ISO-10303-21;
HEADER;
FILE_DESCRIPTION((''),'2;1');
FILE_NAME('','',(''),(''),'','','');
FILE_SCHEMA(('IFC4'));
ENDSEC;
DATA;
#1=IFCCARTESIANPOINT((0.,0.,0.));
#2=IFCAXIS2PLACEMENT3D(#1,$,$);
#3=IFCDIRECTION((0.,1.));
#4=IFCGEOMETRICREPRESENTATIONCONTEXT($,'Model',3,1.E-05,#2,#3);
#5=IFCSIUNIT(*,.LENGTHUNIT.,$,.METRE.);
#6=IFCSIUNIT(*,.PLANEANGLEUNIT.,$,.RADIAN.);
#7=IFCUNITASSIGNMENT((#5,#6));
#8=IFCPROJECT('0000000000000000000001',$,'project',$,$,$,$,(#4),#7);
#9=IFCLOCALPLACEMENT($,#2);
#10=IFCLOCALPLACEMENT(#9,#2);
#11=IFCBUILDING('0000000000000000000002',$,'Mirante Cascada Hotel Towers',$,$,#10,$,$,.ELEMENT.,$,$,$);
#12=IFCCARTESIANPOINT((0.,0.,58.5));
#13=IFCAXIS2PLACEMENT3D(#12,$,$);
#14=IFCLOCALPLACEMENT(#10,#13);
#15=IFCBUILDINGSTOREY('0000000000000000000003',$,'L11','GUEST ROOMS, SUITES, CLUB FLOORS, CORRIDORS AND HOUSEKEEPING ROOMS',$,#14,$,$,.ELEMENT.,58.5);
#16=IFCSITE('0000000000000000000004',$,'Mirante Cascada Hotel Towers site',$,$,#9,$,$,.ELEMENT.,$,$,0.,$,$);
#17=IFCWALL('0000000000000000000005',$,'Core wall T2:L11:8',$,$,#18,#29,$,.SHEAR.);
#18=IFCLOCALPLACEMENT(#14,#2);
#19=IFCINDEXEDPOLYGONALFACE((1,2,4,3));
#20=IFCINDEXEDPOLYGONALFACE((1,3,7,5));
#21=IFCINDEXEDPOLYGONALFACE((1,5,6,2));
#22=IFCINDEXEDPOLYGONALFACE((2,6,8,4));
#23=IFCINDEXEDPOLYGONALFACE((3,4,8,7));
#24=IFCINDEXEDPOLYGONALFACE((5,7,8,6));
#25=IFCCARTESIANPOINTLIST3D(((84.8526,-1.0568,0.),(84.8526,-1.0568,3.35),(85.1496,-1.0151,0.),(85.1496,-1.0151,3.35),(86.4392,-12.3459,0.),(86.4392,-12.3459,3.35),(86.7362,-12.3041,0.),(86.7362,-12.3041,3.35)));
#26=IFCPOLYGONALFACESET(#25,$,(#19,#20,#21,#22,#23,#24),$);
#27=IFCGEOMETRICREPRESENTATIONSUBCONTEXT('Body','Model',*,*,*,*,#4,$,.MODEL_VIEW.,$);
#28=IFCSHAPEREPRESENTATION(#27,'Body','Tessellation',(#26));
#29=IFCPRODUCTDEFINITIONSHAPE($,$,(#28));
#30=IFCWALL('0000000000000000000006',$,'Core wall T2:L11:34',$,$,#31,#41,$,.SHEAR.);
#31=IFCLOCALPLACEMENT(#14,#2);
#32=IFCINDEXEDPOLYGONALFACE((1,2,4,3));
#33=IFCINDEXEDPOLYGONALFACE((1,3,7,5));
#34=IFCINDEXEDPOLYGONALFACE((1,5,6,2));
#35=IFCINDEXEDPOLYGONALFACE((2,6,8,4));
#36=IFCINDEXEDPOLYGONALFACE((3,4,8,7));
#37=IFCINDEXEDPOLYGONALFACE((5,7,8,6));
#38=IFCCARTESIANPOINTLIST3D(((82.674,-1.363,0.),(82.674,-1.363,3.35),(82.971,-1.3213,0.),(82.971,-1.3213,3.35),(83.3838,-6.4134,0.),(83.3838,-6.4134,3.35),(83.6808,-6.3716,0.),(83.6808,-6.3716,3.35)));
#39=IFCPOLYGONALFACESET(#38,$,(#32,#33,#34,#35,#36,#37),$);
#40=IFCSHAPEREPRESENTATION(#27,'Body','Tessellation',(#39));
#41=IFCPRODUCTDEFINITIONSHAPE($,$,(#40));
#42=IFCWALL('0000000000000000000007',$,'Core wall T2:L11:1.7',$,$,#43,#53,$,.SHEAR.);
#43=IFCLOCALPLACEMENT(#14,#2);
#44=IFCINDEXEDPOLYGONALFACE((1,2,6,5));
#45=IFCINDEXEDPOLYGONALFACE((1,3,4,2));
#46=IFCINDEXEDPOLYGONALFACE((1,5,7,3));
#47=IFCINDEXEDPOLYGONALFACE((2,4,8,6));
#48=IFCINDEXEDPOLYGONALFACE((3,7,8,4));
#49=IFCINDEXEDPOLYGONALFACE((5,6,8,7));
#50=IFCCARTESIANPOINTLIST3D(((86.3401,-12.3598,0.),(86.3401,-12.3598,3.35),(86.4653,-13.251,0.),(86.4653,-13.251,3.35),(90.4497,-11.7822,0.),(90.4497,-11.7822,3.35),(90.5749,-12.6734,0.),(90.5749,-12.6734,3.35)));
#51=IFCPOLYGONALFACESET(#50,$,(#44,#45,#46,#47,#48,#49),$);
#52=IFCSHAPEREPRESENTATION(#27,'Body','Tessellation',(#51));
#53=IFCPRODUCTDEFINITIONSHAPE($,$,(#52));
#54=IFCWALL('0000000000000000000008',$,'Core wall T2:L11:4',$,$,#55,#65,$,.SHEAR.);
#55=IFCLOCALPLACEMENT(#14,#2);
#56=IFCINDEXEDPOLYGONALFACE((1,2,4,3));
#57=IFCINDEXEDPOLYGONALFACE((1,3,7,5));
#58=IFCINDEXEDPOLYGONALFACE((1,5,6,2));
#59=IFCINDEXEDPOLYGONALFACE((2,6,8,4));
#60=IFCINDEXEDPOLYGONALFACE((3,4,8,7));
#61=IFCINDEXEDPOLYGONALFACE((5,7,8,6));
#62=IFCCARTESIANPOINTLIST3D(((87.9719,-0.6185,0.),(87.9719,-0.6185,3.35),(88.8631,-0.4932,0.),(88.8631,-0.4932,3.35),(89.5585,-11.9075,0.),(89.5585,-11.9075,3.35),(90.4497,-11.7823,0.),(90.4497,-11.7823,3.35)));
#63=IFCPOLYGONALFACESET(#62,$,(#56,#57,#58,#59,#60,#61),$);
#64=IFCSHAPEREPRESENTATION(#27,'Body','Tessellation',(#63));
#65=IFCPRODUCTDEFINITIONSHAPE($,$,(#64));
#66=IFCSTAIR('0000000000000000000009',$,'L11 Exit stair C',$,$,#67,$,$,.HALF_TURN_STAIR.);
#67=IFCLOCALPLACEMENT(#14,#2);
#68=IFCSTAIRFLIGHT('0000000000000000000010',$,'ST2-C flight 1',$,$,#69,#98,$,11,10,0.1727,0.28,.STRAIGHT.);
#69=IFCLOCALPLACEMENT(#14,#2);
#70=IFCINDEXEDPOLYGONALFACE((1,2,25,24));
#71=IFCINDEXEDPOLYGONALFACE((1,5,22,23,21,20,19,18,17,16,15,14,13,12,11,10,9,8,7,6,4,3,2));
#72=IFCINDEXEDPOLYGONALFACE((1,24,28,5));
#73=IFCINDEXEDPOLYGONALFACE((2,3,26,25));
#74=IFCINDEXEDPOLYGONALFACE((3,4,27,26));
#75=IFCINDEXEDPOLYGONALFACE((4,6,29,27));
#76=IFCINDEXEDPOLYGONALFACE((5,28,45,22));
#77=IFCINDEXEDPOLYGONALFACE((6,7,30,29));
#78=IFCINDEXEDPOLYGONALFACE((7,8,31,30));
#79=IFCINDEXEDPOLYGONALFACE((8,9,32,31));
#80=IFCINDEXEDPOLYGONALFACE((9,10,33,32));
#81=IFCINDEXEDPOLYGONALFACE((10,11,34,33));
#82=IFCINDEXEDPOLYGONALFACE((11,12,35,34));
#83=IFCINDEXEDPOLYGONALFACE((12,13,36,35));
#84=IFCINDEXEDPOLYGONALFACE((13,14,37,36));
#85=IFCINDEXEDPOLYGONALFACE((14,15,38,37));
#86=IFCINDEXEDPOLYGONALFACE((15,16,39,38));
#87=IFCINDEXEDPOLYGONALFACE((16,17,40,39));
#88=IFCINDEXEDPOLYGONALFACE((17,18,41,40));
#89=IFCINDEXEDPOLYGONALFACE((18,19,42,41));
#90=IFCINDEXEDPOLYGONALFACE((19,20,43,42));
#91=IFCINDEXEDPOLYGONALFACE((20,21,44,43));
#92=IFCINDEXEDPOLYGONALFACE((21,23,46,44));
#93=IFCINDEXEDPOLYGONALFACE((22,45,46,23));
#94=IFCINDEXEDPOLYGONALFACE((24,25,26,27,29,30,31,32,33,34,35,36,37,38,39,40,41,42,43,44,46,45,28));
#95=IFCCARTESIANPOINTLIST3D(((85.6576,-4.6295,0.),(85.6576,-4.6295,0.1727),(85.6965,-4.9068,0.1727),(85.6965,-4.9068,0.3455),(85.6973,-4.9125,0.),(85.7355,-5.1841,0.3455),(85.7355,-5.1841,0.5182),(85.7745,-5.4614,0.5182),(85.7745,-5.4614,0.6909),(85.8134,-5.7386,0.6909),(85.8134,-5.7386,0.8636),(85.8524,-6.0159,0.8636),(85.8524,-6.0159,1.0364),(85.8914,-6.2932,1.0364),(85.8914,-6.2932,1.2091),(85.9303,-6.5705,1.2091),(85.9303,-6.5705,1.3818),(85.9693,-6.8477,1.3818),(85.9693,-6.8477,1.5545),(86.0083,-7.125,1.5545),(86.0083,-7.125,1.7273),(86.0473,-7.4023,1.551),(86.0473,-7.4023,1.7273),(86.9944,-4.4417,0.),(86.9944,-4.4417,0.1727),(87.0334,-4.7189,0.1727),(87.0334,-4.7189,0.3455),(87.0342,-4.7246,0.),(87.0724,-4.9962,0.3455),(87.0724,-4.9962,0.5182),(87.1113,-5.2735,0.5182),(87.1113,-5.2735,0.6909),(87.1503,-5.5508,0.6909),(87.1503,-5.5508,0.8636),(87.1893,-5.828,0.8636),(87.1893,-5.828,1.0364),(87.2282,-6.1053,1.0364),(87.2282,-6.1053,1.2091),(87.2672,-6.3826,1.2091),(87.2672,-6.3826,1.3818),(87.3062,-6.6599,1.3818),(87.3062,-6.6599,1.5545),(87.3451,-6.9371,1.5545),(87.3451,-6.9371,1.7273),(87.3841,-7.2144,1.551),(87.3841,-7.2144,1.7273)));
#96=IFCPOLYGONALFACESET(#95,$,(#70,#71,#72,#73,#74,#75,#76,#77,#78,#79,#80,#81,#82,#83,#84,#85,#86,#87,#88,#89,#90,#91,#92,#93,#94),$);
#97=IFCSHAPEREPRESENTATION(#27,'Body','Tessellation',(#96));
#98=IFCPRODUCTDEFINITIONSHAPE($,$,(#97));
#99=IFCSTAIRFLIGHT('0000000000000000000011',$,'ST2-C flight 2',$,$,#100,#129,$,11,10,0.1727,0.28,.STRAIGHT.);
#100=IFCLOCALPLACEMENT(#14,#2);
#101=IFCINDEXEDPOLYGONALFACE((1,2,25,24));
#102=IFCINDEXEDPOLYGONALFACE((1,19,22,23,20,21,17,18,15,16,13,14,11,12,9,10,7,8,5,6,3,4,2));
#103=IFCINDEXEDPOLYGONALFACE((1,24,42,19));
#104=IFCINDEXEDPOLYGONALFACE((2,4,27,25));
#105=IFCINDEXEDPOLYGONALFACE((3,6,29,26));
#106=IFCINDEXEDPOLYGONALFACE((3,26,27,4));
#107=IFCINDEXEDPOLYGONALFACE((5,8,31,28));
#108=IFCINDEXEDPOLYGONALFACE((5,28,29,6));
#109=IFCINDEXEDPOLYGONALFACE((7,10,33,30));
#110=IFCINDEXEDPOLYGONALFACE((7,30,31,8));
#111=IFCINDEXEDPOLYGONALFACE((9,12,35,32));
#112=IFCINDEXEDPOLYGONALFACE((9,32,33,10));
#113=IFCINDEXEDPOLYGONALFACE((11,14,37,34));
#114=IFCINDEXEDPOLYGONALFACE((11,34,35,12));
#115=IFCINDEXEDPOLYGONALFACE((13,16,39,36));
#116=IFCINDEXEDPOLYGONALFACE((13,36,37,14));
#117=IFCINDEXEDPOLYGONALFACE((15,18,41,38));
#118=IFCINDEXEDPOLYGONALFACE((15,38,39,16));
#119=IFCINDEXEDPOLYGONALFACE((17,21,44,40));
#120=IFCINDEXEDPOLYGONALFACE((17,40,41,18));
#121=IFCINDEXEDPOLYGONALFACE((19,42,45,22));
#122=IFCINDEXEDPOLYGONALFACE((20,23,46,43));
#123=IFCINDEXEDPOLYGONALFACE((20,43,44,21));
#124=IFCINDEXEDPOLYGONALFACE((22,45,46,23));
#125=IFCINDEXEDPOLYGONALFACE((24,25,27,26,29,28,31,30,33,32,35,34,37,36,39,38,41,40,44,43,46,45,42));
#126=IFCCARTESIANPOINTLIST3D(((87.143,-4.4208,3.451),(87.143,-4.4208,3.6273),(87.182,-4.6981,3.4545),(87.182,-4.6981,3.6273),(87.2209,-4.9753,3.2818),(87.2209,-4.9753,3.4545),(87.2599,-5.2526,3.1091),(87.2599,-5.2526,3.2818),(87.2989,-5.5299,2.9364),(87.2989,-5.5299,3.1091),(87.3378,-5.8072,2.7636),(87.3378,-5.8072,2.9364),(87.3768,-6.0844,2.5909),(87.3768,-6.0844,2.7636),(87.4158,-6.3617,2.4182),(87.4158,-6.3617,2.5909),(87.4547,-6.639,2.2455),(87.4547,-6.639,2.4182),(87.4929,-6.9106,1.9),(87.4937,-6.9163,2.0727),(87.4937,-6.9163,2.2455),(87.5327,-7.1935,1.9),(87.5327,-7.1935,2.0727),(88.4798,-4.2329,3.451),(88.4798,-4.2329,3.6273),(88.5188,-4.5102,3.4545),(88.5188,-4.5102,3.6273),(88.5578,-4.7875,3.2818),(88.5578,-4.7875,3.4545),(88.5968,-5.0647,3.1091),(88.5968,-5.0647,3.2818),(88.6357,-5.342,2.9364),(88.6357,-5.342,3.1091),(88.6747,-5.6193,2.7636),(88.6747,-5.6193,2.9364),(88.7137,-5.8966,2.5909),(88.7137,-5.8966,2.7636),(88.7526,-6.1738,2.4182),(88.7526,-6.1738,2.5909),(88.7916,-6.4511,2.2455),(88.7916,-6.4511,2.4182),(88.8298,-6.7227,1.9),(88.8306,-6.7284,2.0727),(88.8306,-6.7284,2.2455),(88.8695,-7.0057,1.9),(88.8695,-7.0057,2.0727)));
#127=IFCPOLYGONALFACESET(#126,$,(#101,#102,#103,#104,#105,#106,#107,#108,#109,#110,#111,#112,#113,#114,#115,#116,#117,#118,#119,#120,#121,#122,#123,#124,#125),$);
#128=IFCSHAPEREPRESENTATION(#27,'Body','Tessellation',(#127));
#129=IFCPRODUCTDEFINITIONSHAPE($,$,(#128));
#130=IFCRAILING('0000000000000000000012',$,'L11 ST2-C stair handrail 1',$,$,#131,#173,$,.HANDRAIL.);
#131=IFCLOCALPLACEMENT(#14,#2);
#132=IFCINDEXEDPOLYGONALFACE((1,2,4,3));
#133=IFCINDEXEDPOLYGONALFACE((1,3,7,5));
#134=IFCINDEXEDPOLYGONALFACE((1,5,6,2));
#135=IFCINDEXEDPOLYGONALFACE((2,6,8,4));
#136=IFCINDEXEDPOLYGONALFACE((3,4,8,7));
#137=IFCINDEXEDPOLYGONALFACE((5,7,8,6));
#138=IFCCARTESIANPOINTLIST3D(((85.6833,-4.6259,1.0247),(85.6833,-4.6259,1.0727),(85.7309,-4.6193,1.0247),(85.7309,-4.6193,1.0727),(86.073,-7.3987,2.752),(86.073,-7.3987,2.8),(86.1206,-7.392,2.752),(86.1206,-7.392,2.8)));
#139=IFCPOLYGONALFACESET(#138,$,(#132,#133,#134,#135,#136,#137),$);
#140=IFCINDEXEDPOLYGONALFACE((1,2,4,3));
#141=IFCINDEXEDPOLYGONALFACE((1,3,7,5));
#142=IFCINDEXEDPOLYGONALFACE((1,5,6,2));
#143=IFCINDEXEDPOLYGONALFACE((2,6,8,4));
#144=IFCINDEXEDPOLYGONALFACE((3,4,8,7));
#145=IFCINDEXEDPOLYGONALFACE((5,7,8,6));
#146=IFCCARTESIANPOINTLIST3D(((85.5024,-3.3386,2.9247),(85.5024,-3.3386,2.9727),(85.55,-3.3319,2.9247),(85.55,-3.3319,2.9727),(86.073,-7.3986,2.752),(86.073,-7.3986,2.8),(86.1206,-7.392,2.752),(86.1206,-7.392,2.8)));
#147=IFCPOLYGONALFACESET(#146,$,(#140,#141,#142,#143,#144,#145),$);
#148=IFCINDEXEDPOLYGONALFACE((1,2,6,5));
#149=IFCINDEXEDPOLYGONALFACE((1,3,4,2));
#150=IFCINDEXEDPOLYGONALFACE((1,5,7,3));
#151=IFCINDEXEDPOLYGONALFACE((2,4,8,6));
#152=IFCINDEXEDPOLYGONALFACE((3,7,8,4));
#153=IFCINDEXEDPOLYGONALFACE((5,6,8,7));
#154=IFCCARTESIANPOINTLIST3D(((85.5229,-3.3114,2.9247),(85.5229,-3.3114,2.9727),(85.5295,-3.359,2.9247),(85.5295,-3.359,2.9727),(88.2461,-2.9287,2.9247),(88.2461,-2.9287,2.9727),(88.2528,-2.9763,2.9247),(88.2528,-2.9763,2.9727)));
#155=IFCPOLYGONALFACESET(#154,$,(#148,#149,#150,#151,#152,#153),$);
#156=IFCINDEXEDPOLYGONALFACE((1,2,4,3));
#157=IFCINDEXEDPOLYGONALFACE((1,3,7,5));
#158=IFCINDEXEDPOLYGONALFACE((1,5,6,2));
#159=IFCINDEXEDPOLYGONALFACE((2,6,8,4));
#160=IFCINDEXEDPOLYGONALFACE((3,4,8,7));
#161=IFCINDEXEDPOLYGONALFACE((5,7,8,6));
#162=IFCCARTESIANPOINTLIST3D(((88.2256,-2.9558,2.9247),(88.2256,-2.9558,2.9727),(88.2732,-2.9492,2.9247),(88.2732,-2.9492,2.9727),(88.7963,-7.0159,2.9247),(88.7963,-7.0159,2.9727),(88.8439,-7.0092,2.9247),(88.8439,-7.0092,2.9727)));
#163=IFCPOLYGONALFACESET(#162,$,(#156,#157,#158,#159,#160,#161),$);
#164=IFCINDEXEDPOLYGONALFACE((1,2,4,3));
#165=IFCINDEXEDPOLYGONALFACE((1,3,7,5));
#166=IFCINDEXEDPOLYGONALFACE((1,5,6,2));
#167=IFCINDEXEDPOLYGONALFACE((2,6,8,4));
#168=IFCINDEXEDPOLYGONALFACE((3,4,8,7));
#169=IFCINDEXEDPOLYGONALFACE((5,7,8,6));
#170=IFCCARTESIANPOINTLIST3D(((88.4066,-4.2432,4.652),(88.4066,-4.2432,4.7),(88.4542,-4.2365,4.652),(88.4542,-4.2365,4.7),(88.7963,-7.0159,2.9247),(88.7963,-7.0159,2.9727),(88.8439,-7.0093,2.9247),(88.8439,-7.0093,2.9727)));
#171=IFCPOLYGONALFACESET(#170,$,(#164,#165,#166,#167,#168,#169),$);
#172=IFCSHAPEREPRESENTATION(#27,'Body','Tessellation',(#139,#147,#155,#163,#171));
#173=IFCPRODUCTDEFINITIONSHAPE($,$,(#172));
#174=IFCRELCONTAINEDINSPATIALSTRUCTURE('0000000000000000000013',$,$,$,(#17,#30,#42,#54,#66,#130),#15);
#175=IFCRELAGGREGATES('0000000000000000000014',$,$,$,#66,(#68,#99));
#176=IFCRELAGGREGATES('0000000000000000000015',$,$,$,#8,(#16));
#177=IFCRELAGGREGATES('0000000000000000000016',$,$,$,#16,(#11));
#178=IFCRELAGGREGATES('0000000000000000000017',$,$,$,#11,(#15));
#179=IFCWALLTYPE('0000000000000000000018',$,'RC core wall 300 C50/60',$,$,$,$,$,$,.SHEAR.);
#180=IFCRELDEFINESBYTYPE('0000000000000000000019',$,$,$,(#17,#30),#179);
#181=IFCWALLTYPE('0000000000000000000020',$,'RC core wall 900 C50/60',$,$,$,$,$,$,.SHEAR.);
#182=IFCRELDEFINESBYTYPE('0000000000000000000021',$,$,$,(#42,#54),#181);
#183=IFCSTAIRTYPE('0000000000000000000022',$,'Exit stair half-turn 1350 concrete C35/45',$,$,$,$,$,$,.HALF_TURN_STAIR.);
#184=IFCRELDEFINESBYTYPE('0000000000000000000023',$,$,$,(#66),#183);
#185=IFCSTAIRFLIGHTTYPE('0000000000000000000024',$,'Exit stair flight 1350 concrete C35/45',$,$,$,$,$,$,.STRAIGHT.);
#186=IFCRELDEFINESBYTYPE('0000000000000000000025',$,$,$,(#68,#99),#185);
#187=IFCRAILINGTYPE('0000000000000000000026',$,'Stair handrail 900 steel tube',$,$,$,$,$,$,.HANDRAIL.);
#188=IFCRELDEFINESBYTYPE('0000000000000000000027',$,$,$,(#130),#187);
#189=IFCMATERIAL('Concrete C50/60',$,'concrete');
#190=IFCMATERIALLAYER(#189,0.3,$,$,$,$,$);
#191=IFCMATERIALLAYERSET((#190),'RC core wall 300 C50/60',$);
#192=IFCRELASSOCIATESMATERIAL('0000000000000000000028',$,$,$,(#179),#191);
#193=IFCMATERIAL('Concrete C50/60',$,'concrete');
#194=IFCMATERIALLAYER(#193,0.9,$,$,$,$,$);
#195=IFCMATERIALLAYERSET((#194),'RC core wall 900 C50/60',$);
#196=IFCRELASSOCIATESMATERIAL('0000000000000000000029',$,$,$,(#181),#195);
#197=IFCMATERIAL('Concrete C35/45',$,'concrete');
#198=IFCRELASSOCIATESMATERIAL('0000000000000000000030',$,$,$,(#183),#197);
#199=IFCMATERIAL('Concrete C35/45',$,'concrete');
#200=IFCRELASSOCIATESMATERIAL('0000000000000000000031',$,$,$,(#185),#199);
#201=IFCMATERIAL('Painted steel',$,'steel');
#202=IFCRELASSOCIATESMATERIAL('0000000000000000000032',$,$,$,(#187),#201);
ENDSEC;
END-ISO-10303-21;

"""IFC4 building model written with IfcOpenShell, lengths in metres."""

from ifc_helpers import new_model, si_unit, direction, frame, frame_2d, origin, origin_2d, place, context, subcontext, project, spatial, polyline, rectangle, outline, extrude, material, layer, layer_set, type_object, element, aggregate, save


model = new_model("IFC4")

# Units and contexts
model_context = context("Model", 3, precision=1e-05, world=origin(), true_north=direction((0.0, 1.0)))
body_context = subcontext(model_context, "Body", "Model", "MODEL_VIEW")
ifc_project = project(units=[si_unit("LENGTHUNIT", "METRE"), si_unit("PLANEANGLEUNIT", "RADIAN")], contexts=[model_context])

# Site, building, storey
site_placement = place(None, origin())
site = spatial("IfcSite", under=ifc_project, at=site_placement, Name="Mirante Cascada Hotel Towers site", CompositionType="ELEMENT", RefElevation=0.0)
building_placement = place(site_placement, origin())
building = spatial("IfcBuilding", under=site, at=building_placement, Name="Mirante Cascada Hotel Towers", CompositionType="ELEMENT")
storey_placement = place(building_placement, frame((0.0, 0.0, 58.5)))
storey = spatial("IfcBuildingStorey", under=building, at=storey_placement, Name="L11", Description="GUEST ROOMS, SUITES, CLUB FLOORS, CORRIDORS AND HOUSEKEEPING ROOMS", CompositionType="ELEMENT", Elevation=58.5)

# Walls
ifc_material_1 = material(Name="Concrete C50/60", Category="concrete")
ifc_layer_1 = layer(ifc_material_1, 0.3)
ifc_layer_set_1 = layer_set([ifc_layer_1], Name="RC core wall 300 C50/60")
wall_type_1 = type_object("IfcWallType", Name="RC core wall 300 C50/60", PredefinedType="SHEAR", material=ifc_layer_set_1)
wall_1_placement = place(storey_placement, frame((86.5877, -12.325, 0.0), z_axis=(0.0, 0.0, 1.0), x_axis=(-0.139175, 0.990268, 0.0)))
element("IfcWall", 1, at=wall_1_placement, inside=storey, type_object=wall_type_1, Name="Core wall T2:L11:8", PredefinedType="SHEAR", context=body_context, shape_type="SweptSolid", body=[
    extrude(rectangle(XDim=11.4, YDim=0.3, at=frame_2d((5.7, 0.0))), origin(), (0.0, 0.0, 1.0), 3.35),
])
wall_2_placement = place(storey_placement, frame((83.5323, -6.3925, 0.0), z_axis=(0.0, 0.0, 1.0), x_axis=(-0.139176, 0.990268, 0.0)))
element("IfcWall", 2, at=wall_2_placement, inside=storey, type_object=wall_type_1, Name="Core wall T2:L11:34", PredefinedType="SHEAR", context=body_context, shape_type="SweptSolid", body=[
    extrude(rectangle(XDim=5.1, YDim=0.3, at=frame_2d((2.55, 0.0))), origin(), (0.0, 0.0, 1.0), 3.35),
])
ifc_material_2 = material(Name="Concrete C50/60", Category="concrete")
ifc_layer_2 = layer(ifc_material_2, 0.9)
ifc_layer_set_2 = layer_set([ifc_layer_2], Name="RC core wall 900 C50/60")
wall_type_2 = type_object("IfcWallType", Name="RC core wall 900 C50/60", PredefinedType="SHEAR", material=ifc_layer_set_2)
wall_3_placement = place(storey_placement, frame((86.4027, -12.8054, 0.0), z_axis=(0.0, 0.0, 1.0), x_axis=(0.990267, 0.139181, 0.0)))
element("IfcWall", 3, at=wall_3_placement, inside=storey, type_object=wall_type_2, Name="Core wall T2:L11:1.7", PredefinedType="SHEAR", context=body_context, shape_type="SweptSolid", body=[
    extrude(rectangle(XDim=4.15, YDim=0.9, at=frame_2d((2.075, 0.0))), origin(), (0.0, 0.0, 1.0), 3.35),
])
wall_4_placement = place(storey_placement, frame((90.0041, -11.8449, 0.0), z_axis=(0.0, 0.0, 1.0), x_axis=(-0.139175, 0.990268, 0.0)))
element("IfcWall", 4, at=wall_4_placement, inside=storey, type_object=wall_type_2, Name="Core wall T2:L11:4", PredefinedType="SHEAR", context=body_context, shape_type="SweptSolid", body=[
    extrude(rectangle(XDim=11.4, YDim=0.9, at=frame_2d((5.7, 0.0))), origin(), (0.0, 0.0, 1.0), 3.35),
])

# Stair, stair flights
ifc_material_3 = material(Name="Concrete C35/45", Category="concrete")
stair_type = type_object("IfcStairType", Name="Exit stair half-turn 1350 concrete C35/45", PredefinedType="HALF_TURN_STAIR", material=ifc_material_3)
stair_placement = place(storey_placement, origin())
stair = element("IfcStair", 5, at=stair_placement, inside=storey, type_object=stair_type, Name="L11 Exit stair C", PredefinedType="HALF_TURN_STAIR")
ifc_material_4 = material(Name="Concrete C35/45", Category="concrete")
stair_flight_type = type_object("IfcStairFlightType", Name="Exit stair flight 1350 concrete C35/45", PredefinedType="STRAIGHT", material=ifc_material_4)
stair_flight_1_placement = place(storey_placement, frame((86.326, -4.5356, 0.0), z_axis=(0.0, 0.0, 1.0), x_axis=(0.139173, -0.990268, 0.0)))
stair_flight_1 = element("IfcStairFlight", 6, at=stair_flight_1_placement, type_object=stair_flight_type, Name="ST2-C flight 1", NumberOfRisers=11, NumberOfTreads=10, PredefinedType="STRAIGHT", RiserHeight=0.1727, TreadLength=0.28, context=body_context, shape_type="SweptSolid", body=[
    extrude(outline(polyline([(0.0, 0.0), (0.0, 0.1727), (0.28, 0.1727), (0.28, 0.3455), (0.56, 0.3455), (0.56, 0.5182), (0.84, 0.5182), (0.84, 0.6909), (1.12, 0.6909), (1.12, 0.8636), (1.4, 0.8636), (1.4, 1.0364), (1.68, 1.0364), (1.68, 1.2091), (1.96, 1.2091), (1.96, 1.3818), (2.24, 1.3818), (2.24, 1.5545), (2.52, 1.5545), (2.52, 1.7273), (2.8, 1.7273), (2.8, 1.9), (2.8, 1.551), (0.2857, 0.0), (0.0, 0.0)])), frame((0.0, 0.675, 0.0), z_axis=(0.0, -1.0, 0.0), x_axis=(1.0, 0.0, 0.0)), (0.0, 0.0, 1.0), 1.35),
])
stair_flight_2_placement = place(storey_placement, frame((88.2011, -7.0996, 1.9), z_axis=(0.0, 0.0, 1.0), x_axis=(-0.139173, 0.990268, 0.0)))
stair_flight_2 = element("IfcStairFlight", 7, at=stair_flight_2_placement, type_object=stair_flight_type, Name="ST2-C flight 2", NumberOfRisers=11, NumberOfTreads=10, PredefinedType="STRAIGHT", RiserHeight=0.1727, TreadLength=0.28, context=body_context, shape_type="SweptSolid", body=[
    extrude(outline(polyline([(0.0, 0.0), (0.0, 0.1727), (0.28, 0.1727), (0.28, 0.3455), (0.56, 0.3455), (0.56, 0.5182), (0.84, 0.5182), (0.84, 0.6909), (1.12, 0.6909), (1.12, 0.8636), (1.4, 0.8636), (1.4, 1.0364), (1.68, 1.0364), (1.68, 1.2091), (1.96, 1.2091), (1.96, 1.3818), (2.24, 1.3818), (2.24, 1.5545), (2.52, 1.5545), (2.52, 1.7273), (2.8, 1.7273), (2.8, 1.9), (2.8, 1.551), (0.2857, 0.0), (0.0, 0.0)])), frame((0.0, 0.675, 0.0), z_axis=(0.0, -1.0, 0.0), x_axis=(1.0, 0.0, 0.0)), (0.0, 0.0, 1.0), 1.35),
])
aggregate(stair, [stair_flight_1, stair_flight_2])

# Railing
ifc_material_5 = material(Name="Painted steel", Category="steel")
railing_type = type_object("IfcRailingType", Name="Stair handrail 900 steel tube", PredefinedType="HANDRAIL", material=ifc_material_5)
railing_placement = place(storey_placement, frame((85.7071, -4.6226, 0.1727)))
element("IfcRailing", 8, at=railing_placement, inside=storey, type_object=railing_type, Name="L11 ST2-C stair handrail 1", PredefinedType="HANDRAIL", context=body_context, shape_type="SweptSolid", body=[
    extrude(rectangle(XDim=0.048, YDim=0.048, at=origin_2d()), frame((0.0, 0.0, 0.876), z_axis=(0.139181, -0.990267, 0.0), x_axis=(0.990267, 0.139181, 0.0)), (0.0, 0.525035, 0.851081), 3.2899),
    extrude(rectangle(XDim=0.048, YDim=0.048, at=origin_2d()), frame((0.3897, -2.7727, 2.6033), z_axis=(-0.139171, 0.990268, 0.0), x_axis=(-0.990268, -0.139171, 0.0)), (0.0, 0.042085, 0.999114), 4.1036),
    extrude(rectangle(XDim=0.048, YDim=0.048, at=origin_2d()), frame((-0.1809, 1.2874, 2.776), z_axis=(0.990269, 0.139166, 0.0), x_axis=(-0.139166, 0.990269, 0.0)), (0.0, 0.0, 1.0), 2.75),
    extrude(rectangle(XDim=0.048, YDim=0.048, at=origin_2d()), frame((2.5423, 1.6701, 2.776), z_axis=(0.139195, -0.990265, 0.0), x_axis=(0.990265, 0.139195, 0.0)), (0.0, 0.0, 1.0), 4.1),
    extrude(rectangle(XDim=0.048, YDim=0.048, at=origin_2d()), frame((3.113, -2.39, 2.776), z_axis=(-0.139181, 0.990267, 0.0), x_axis=(-0.990267, -0.139181, 0.0)), (0.0, 0.525035, 0.851081), 3.2899),
])

save(model, "model.ifc")
